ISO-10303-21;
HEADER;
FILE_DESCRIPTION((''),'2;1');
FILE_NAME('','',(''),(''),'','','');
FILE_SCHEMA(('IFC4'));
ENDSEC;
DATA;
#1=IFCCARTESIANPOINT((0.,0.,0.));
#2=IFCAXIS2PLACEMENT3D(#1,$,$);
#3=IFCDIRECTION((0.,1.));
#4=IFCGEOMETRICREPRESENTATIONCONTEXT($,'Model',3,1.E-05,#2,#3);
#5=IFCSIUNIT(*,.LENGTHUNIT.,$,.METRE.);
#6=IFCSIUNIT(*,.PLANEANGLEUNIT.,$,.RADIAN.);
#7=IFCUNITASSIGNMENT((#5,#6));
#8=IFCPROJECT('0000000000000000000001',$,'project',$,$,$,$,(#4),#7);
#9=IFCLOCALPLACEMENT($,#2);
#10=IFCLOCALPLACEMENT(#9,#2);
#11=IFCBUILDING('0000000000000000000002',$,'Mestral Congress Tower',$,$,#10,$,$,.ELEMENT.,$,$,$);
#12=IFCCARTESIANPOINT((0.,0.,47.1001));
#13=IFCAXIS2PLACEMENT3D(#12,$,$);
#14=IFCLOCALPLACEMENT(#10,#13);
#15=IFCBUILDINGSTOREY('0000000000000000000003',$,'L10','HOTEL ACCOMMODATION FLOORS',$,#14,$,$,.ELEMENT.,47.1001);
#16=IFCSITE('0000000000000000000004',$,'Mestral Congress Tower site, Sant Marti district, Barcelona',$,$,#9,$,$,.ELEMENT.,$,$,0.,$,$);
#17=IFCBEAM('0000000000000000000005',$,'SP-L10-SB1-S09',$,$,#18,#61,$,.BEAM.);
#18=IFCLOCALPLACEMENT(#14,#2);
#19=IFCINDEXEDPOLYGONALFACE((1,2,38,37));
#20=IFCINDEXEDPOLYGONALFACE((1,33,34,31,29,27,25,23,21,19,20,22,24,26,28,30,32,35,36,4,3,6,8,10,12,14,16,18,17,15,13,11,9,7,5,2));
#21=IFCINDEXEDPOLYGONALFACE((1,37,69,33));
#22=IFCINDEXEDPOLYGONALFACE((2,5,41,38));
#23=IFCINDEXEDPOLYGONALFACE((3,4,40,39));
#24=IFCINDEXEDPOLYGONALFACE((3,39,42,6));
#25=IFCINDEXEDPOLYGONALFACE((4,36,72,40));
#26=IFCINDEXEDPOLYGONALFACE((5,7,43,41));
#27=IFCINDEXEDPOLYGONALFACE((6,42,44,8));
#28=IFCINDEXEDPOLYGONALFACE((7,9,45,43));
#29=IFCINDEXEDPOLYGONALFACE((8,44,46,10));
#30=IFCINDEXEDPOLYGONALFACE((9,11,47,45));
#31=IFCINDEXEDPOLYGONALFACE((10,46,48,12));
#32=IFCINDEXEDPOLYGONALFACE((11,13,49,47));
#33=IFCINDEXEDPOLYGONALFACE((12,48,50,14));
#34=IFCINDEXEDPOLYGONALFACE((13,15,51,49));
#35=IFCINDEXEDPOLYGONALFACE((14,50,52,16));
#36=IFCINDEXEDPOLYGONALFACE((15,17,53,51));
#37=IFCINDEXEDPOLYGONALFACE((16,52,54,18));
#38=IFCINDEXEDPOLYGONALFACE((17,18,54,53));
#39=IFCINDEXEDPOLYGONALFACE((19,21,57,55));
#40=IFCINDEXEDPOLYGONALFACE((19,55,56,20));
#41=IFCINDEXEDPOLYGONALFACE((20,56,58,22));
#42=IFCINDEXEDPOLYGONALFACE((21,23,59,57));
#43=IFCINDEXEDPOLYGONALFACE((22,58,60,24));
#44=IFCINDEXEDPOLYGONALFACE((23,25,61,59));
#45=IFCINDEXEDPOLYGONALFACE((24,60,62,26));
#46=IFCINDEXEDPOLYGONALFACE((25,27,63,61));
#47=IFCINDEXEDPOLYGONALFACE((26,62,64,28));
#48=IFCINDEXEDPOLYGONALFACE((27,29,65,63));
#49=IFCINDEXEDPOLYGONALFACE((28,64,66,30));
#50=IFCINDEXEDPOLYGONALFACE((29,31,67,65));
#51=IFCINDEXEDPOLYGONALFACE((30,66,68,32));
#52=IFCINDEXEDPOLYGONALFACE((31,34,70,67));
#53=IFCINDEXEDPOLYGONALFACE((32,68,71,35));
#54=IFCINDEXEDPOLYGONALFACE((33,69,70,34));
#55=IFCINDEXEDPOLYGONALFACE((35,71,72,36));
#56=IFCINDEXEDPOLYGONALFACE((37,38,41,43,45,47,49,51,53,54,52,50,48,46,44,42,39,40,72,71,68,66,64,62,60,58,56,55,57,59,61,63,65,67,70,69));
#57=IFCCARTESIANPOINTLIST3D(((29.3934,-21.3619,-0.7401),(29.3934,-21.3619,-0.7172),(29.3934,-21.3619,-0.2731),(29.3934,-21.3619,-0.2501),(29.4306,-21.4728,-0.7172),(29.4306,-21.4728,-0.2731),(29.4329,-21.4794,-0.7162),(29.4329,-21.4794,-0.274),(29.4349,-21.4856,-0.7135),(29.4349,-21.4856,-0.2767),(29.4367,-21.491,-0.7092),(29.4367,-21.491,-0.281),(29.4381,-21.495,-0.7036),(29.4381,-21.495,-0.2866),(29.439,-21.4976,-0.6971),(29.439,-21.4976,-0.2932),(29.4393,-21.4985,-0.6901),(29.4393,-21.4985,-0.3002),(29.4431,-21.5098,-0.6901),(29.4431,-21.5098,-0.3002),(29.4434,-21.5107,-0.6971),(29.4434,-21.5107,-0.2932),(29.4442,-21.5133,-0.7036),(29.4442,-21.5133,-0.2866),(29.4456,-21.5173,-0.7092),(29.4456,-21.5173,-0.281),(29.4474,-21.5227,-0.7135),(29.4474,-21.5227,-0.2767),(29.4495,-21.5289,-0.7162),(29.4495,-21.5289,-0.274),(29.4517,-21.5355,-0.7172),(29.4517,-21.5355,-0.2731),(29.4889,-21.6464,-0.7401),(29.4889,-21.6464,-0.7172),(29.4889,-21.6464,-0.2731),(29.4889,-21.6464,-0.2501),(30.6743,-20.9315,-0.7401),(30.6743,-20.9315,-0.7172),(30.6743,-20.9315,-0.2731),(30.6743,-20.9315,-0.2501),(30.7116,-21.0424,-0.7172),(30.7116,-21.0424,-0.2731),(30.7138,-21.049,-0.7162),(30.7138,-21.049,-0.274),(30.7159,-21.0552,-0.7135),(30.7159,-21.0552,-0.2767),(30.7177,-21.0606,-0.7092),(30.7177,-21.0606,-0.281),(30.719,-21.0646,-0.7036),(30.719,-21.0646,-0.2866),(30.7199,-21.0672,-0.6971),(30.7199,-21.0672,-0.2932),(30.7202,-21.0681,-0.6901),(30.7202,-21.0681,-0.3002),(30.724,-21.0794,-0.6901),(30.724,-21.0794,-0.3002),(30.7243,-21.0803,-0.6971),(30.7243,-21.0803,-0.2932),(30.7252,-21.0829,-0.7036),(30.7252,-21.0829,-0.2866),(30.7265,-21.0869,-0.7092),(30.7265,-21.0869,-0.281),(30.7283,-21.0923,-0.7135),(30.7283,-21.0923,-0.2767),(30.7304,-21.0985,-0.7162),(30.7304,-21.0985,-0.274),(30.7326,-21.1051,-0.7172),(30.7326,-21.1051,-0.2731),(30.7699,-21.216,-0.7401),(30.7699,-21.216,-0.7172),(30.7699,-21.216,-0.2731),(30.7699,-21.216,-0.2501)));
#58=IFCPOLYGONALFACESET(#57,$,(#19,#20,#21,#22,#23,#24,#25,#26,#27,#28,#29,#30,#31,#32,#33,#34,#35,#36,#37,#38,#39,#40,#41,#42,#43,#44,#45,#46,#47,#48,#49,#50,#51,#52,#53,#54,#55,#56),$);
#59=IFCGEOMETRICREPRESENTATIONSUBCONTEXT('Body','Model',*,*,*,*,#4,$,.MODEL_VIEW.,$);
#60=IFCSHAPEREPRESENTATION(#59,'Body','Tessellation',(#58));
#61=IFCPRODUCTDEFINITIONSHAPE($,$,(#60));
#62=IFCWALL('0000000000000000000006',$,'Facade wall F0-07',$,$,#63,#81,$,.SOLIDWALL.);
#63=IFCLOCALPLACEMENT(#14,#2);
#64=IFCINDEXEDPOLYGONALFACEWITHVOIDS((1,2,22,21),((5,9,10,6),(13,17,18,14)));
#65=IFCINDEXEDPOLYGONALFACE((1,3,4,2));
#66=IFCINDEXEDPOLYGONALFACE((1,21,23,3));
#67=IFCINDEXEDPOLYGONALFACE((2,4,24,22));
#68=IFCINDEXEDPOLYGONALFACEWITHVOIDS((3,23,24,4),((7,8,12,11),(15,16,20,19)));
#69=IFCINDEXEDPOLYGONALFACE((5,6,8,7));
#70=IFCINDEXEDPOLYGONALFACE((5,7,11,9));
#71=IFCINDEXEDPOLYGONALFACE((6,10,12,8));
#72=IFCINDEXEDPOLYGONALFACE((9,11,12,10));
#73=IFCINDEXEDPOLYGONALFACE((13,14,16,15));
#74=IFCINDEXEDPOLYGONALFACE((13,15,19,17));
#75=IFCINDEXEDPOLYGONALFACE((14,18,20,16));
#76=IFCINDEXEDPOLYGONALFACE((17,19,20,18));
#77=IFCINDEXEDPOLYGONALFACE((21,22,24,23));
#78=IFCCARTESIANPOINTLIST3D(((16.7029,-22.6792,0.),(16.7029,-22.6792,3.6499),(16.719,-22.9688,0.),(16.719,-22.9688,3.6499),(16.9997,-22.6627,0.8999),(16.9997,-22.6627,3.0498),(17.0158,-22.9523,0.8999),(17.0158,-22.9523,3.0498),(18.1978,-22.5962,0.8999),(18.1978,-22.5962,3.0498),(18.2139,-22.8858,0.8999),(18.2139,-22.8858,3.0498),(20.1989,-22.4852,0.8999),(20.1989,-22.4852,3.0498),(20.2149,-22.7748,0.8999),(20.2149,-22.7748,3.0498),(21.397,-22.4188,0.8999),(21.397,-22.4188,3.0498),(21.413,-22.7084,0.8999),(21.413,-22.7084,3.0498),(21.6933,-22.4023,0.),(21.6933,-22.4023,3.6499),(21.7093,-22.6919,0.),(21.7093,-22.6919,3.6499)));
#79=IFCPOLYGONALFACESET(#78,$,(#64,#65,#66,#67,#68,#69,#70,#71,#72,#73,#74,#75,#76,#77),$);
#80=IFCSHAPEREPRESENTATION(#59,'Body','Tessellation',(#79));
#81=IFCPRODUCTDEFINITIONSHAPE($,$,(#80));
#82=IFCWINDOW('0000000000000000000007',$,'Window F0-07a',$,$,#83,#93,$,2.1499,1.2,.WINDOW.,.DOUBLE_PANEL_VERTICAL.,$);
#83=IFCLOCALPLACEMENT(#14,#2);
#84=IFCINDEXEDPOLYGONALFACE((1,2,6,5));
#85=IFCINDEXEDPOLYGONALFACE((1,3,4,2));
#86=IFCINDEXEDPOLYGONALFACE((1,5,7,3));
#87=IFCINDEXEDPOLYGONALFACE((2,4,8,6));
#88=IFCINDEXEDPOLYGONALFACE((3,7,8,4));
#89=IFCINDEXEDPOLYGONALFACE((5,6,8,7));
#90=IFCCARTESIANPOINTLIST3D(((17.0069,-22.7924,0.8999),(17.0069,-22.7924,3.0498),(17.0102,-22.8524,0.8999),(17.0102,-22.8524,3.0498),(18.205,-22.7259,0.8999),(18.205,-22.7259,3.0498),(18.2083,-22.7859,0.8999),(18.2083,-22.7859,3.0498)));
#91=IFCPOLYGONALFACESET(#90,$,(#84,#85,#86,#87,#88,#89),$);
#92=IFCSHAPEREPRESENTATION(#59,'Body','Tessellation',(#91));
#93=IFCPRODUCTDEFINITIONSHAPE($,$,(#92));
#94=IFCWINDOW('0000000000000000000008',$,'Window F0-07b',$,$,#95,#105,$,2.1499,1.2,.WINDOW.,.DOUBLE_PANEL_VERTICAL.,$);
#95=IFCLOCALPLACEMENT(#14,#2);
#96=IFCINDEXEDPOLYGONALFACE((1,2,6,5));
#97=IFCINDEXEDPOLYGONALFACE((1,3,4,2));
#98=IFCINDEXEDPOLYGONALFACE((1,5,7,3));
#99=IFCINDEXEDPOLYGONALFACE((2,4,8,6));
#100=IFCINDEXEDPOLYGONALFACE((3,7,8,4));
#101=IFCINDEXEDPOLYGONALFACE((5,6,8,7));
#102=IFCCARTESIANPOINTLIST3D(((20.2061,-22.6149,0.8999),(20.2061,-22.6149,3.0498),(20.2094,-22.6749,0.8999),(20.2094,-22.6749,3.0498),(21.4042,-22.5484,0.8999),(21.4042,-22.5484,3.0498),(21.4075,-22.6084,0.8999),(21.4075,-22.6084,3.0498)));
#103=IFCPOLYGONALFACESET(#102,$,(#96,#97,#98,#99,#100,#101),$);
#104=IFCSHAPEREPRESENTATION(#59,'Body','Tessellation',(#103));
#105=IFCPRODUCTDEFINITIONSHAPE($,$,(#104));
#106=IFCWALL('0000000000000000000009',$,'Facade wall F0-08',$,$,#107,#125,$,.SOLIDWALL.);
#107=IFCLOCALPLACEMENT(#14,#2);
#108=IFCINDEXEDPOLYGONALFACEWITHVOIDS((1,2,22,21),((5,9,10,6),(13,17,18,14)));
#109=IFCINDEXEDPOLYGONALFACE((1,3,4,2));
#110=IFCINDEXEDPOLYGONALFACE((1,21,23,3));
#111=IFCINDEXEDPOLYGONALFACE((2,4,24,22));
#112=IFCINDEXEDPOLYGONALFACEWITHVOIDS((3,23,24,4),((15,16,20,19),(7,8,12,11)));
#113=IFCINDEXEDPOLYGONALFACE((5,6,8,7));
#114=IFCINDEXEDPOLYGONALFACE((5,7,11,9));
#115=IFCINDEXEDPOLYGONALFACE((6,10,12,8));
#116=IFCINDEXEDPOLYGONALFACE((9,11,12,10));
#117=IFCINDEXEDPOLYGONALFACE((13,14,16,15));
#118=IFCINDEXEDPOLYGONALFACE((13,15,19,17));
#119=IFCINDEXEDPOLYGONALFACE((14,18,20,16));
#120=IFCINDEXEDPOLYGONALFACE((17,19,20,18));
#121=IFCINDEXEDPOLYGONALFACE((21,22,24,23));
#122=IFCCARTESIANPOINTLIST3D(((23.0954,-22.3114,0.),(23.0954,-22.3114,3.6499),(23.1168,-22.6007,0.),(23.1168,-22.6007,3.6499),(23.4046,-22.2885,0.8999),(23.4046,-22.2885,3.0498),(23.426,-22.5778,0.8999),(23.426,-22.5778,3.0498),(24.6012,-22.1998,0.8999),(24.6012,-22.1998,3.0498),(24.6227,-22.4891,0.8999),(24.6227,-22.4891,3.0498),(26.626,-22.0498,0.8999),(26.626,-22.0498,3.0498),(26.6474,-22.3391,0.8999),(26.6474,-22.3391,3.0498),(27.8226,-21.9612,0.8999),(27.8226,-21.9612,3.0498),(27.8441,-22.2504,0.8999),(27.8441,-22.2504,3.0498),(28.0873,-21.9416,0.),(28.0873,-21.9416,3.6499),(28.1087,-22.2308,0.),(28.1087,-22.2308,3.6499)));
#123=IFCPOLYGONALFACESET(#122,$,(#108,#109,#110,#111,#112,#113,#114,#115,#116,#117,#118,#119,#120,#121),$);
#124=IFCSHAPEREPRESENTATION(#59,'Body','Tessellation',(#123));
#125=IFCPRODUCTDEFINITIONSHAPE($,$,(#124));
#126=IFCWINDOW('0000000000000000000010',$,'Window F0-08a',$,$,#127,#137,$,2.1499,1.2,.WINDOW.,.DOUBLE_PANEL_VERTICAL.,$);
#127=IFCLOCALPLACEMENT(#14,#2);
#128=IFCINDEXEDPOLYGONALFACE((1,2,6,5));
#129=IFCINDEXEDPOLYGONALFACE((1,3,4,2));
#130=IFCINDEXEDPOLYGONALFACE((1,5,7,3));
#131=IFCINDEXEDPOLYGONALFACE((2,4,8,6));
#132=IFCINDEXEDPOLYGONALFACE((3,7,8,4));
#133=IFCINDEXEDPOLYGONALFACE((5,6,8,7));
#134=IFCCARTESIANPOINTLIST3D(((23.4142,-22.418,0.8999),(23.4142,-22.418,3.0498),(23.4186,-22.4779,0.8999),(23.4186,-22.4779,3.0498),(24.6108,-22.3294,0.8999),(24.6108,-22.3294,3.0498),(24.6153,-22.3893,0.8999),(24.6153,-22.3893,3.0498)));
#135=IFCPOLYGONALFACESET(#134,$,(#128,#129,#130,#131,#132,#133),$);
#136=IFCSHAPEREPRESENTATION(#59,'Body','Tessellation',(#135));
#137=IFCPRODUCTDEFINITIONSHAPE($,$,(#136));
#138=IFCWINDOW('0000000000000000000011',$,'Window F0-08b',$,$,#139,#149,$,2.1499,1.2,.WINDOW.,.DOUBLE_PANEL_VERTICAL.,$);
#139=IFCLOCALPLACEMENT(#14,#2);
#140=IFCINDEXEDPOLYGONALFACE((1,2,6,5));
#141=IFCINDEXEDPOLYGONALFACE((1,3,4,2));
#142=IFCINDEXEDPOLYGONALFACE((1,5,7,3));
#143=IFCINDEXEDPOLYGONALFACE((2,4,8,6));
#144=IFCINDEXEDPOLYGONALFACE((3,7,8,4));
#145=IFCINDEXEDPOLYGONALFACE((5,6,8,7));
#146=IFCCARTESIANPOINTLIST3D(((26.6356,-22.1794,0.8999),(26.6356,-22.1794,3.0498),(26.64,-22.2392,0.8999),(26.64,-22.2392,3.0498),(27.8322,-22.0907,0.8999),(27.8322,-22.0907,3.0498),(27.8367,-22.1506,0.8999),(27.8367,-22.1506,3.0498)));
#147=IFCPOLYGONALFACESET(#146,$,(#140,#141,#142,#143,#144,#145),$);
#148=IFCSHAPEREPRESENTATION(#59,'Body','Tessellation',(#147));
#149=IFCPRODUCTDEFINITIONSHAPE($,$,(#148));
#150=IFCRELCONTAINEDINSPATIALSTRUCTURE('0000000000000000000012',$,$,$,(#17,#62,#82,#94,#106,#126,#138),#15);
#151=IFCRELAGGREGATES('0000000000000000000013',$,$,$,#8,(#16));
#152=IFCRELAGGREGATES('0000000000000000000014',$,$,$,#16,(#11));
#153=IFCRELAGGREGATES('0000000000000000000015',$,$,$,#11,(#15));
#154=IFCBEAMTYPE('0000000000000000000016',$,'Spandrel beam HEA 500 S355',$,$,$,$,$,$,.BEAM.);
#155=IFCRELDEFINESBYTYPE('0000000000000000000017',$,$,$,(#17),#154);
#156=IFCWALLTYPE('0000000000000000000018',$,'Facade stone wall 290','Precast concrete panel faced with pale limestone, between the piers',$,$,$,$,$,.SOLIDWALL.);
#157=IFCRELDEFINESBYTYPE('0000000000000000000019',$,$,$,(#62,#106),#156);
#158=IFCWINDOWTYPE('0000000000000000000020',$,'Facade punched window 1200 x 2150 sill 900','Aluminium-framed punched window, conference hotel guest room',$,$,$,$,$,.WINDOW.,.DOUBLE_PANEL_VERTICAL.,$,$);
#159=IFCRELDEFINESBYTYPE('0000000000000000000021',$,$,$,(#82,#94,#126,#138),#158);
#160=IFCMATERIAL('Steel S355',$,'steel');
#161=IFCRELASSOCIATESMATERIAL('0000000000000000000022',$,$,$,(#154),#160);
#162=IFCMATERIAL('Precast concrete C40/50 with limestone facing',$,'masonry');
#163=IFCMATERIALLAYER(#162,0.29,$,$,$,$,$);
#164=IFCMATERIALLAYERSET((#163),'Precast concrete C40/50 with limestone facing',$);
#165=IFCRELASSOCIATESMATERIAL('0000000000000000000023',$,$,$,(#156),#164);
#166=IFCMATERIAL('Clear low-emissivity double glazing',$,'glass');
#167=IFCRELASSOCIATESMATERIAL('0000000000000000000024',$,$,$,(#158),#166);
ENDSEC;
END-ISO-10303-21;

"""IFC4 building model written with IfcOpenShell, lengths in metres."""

from ifc_helpers import new_model, si_unit, direction, frame, frame_2d, origin, origin_2d, place, context, subcontext, project, spatial, rectangle, i_section, extrude, material, layer, layer_set, material_profile, profile_set, type_object, element, fill, save


model = new_model("IFC4")

# Units and contexts
model_context = context("Model", 3, precision=1e-05, world=origin(), true_north=direction((0.0, 1.0)))
body_context = subcontext(model_context, "Body", "Model", "MODEL_VIEW")
ifc_project = project(units=[si_unit("LENGTHUNIT", "METRE"), si_unit("PLANEANGLEUNIT", "RADIAN")], contexts=[model_context])

# Site, building, storey
site_placement = place(None, origin())
site = spatial("IfcSite", under=ifc_project, at=site_placement, Name="Mestral Congress Tower site, Sant Marti district, Barcelona", CompositionType="ELEMENT", RefElevation=0.0)
building_placement = place(site_placement, origin())
building = spatial("IfcBuilding", under=site, at=building_placement, Name="Mestral Congress Tower", CompositionType="ELEMENT")
storey_placement = place(building_placement, frame((0.0, 0.0, 47.1001)))
storey = spatial("IfcBuildingStorey", under=building, at=storey_placement, Name="L10", Description="HOTEL ACCOMMODATION FLOORS", CompositionType="ELEMENT", Elevation=47.1001)

# Beam
ifc_material_1 = material(Name="Steel S355", Category="steel")
ifc_material_profile_1 = material_profile(ifc_material_1, i_section(OverallWidth=0.3, OverallDepth=0.49, WebThickness=0.012, FlangeThickness=0.0229, FilletRadius=0.0271, at=origin_2d()), Name="HEA 500")
ifc_profile_set_1 = profile_set([ifc_material_profile_1], Name="Steel S355")
beam_type_1 = type_object("IfcBeamType", Name="Spandrel beam HEA 500 S355", PredefinedType="BEAM", material=ifc_profile_set_1)
beam_1_placement = place(storey_placement, frame((29.4412, -21.5042, -0.4951), z_axis=(0.947922, 0.318503, 0.0), x_axis=(-0.318503, 0.947922, 0.0)))
element("IfcBeam", 1, at=beam_1_placement, inside=storey, type_object=beam_type_1, Name="SP-L10-SB1-S09", PredefinedType="BEAM", context=body_context, shape_type="SweptSolid", body=[
    extrude(i_section(OverallWidth=0.3, OverallDepth=0.49, WebThickness=0.012, FlangeThickness=0.0229, FilletRadius=0.0271, at=origin_2d()), origin(), (0.0, 0.0, 1.0), 1.3513),
])

# Walls, openings, windows
ifc_material_2 = material(Name="Precast concrete C40/50 with limestone facing", Category="masonry")
ifc_layer_1 = layer(ifc_material_2, 0.29)
ifc_layer_set_1 = layer_set([ifc_layer_1], Name="Precast concrete C40/50 with limestone facing")
wall_type_1 = type_object("IfcWallType", Name="Facade stone wall 290", Description="Precast concrete panel faced with pale limestone, between the piers", PredefinedType="SOLIDWALL", material=ifc_layer_set_1)
wall_1_placement = place(storey_placement, frame((16.7109, -22.824, 0.0), z_axis=(0.0, 0.0, 1.0), x_axis=(0.998465, 0.055392, 0.0)))
wall_1 = element("IfcWall", 2, at=wall_1_placement, inside=storey, type_object=wall_type_1, Name="Facade wall F0-07", PredefinedType="SOLIDWALL", context=body_context, shape_type="SweptSolid", body=[
    extrude(rectangle(XDim=4.998, YDim=0.29, at=frame_2d((2.499, 0.0))), origin(), (0.0, 0.0, 1.0), 3.6499),
])
opening_1_placement = place(wall_1_placement, frame((0.2971, 0.0, 0.8999)))
opening_1 = element("IfcOpeningElement", 3, at=opening_1_placement, cuts=wall_1, PredefinedType="OPENING", context=body_context, shape_type="SweptSolid", body=[
    extrude(rectangle(XDim=1.2, YDim=2.1499, at=frame_2d((0.6001, 1.075))), frame((0.0, 0.155, 0.0), z_axis=(0.0, -1.0, 0.0), x_axis=(1.0, 0.0, 0.0)), (0.0, 0.0, 1.0), 0.3101),
])
opening_2_placement = place(wall_1_placement, frame((3.5012, 0.0, 0.8999)))
opening_2 = element("IfcOpeningElement", 4, at=opening_2_placement, cuts=wall_1, PredefinedType="OPENING", context=body_context, shape_type="SweptSolid", body=[
    extrude(rectangle(XDim=1.2, YDim=2.1499, at=frame_2d((0.6001, 1.075))), frame((0.0, 0.155, 0.0), z_axis=(0.0, -1.0, 0.0), x_axis=(1.0, 0.0, 0.0)), (0.0, 0.0, 1.0), 0.3101),
])
ifc_material_3 = material(Name="Clear low-emissivity double glazing", Category="glass")
window_type_1 = type_object("IfcWindowType", Name="Facade punched window 1200 x 2150 sill 900", Description="Aluminium-framed punched window, conference hotel guest room", PartitioningType="DOUBLE_PANEL_VERTICAL", PredefinedType="WINDOW", material=ifc_material_3)
window_1_placement = place(opening_1_placement, origin())
window_1 = element("IfcWindow", 5, at=window_1_placement, inside=storey, type_object=window_type_1, Name="Window F0-07a", OverallHeight=2.1499, OverallWidth=1.2, PartitioningType="DOUBLE_PANEL_VERTICAL", PredefinedType="WINDOW", context=body_context, shape_type="SweptSolid", body=[
    extrude(rectangle(XDim=1.2, YDim=2.1499, at=frame_2d((0.6001, 1.075))), frame((0.0, 0.0151, 0.0), z_axis=(0.0, -1.0, 0.0), x_axis=(1.0, 0.0, 0.0)), (0.0, 0.0, 1.0), 0.0601),
])
fill(opening_1, window_1)
window_2_placement = place(opening_2_placement, origin())
window_2 = element("IfcWindow", 6, at=window_2_placement, inside=storey, type_object=window_type_1, Name="Window F0-07b", OverallHeight=2.1499, OverallWidth=1.2, PartitioningType="DOUBLE_PANEL_VERTICAL", PredefinedType="WINDOW", context=body_context, shape_type="SweptSolid", body=[
    extrude(rectangle(XDim=1.2, YDim=2.1499, at=frame_2d((0.6001, 1.075))), frame((0.0, 0.0151, 0.0), z_axis=(0.0, -1.0, 0.0), x_axis=(1.0, 0.0, 0.0)), (0.0, 0.0, 1.0), 0.0601),
])
fill(opening_2, window_2)
wall_2_placement = place(storey_placement, frame((23.106, -22.4561, 0.0), z_axis=(0.0, 0.0, 1.0), x_axis=(0.997266, 0.073891, 0.0)))
wall_2 = element("IfcWall", 7, at=wall_2_placement, inside=storey, type_object=wall_type_1, Name="Facade wall F0-08", PredefinedType="SOLIDWALL", context=body_context, shape_type="SweptSolid", body=[
    extrude(rectangle(XDim=5.0056, YDim=0.29, at=frame_2d((2.5029, 0.0))), origin(), (0.0, 0.0, 1.0), 3.6499),
])
opening_3_placement = place(wall_2_placement, frame((0.3101, 0.0, 0.8999)))
opening_3 = element("IfcOpeningElement", 8, at=opening_3_placement, cuts=wall_2, PredefinedType="OPENING", context=body_context, shape_type="SweptSolid", body=[
    extrude(rectangle(XDim=1.2, YDim=2.1499, at=frame_2d((0.6001, 1.075))), frame((0.0, 0.155, 0.0), z_axis=(0.0, -1.0, 0.0), x_axis=(1.0, 0.0, 0.0)), (0.0, 0.0, 1.0), 0.3101),
])
opening_4_placement = place(wall_2_placement, frame((3.5403, 0.0, 0.8999)))
opening_4 = element("IfcOpeningElement", 9, at=opening_4_placement, cuts=wall_2, PredefinedType="OPENING", context=body_context, shape_type="SweptSolid", body=[
    extrude(rectangle(XDim=1.2, YDim=2.1499, at=frame_2d((0.6001, 1.075))), frame((0.0, 0.155, 0.0), z_axis=(0.0, -1.0, 0.0), x_axis=(1.0, 0.0, 0.0)), (0.0, 0.0, 1.0), 0.3101),
])
window_3_placement = place(opening_3_placement, origin())
window_3 = element("IfcWindow", 10, at=window_3_placement, inside=storey, type_object=window_type_1, Name="Window F0-08a", OverallHeight=2.1499, OverallWidth=1.2, PartitioningType="DOUBLE_PANEL_VERTICAL", PredefinedType="WINDOW", context=body_context, shape_type="SweptSolid", body=[
    extrude(rectangle(XDim=1.2, YDim=2.1499, at=frame_2d((0.6001, 1.075))), frame((0.0, 0.0151, 0.0), z_axis=(0.0, -1.0, 0.0), x_axis=(1.0, 0.0, 0.0)), (0.0, 0.0, 1.0), 0.0601),
])
fill(opening_3, window_3)
window_4_placement = place(opening_4_placement, origin())
window_4 = element("IfcWindow", 11, at=window_4_placement, inside=storey, type_object=window_type_1, Name="Window F0-08b", OverallHeight=2.1499, OverallWidth=1.2, PartitioningType="DOUBLE_PANEL_VERTICAL", PredefinedType="WINDOW", context=body_context, shape_type="SweptSolid", body=[
    extrude(rectangle(XDim=1.2, YDim=2.1499, at=frame_2d((0.6001, 1.075))), frame((0.0, 0.0151, 0.0), z_axis=(0.0, -1.0, 0.0), x_axis=(1.0, 0.0, 0.0)), (0.0, 0.0, 1.0), 0.0601),
])
fill(opening_4, window_4)

save(model, "model.ifc")
